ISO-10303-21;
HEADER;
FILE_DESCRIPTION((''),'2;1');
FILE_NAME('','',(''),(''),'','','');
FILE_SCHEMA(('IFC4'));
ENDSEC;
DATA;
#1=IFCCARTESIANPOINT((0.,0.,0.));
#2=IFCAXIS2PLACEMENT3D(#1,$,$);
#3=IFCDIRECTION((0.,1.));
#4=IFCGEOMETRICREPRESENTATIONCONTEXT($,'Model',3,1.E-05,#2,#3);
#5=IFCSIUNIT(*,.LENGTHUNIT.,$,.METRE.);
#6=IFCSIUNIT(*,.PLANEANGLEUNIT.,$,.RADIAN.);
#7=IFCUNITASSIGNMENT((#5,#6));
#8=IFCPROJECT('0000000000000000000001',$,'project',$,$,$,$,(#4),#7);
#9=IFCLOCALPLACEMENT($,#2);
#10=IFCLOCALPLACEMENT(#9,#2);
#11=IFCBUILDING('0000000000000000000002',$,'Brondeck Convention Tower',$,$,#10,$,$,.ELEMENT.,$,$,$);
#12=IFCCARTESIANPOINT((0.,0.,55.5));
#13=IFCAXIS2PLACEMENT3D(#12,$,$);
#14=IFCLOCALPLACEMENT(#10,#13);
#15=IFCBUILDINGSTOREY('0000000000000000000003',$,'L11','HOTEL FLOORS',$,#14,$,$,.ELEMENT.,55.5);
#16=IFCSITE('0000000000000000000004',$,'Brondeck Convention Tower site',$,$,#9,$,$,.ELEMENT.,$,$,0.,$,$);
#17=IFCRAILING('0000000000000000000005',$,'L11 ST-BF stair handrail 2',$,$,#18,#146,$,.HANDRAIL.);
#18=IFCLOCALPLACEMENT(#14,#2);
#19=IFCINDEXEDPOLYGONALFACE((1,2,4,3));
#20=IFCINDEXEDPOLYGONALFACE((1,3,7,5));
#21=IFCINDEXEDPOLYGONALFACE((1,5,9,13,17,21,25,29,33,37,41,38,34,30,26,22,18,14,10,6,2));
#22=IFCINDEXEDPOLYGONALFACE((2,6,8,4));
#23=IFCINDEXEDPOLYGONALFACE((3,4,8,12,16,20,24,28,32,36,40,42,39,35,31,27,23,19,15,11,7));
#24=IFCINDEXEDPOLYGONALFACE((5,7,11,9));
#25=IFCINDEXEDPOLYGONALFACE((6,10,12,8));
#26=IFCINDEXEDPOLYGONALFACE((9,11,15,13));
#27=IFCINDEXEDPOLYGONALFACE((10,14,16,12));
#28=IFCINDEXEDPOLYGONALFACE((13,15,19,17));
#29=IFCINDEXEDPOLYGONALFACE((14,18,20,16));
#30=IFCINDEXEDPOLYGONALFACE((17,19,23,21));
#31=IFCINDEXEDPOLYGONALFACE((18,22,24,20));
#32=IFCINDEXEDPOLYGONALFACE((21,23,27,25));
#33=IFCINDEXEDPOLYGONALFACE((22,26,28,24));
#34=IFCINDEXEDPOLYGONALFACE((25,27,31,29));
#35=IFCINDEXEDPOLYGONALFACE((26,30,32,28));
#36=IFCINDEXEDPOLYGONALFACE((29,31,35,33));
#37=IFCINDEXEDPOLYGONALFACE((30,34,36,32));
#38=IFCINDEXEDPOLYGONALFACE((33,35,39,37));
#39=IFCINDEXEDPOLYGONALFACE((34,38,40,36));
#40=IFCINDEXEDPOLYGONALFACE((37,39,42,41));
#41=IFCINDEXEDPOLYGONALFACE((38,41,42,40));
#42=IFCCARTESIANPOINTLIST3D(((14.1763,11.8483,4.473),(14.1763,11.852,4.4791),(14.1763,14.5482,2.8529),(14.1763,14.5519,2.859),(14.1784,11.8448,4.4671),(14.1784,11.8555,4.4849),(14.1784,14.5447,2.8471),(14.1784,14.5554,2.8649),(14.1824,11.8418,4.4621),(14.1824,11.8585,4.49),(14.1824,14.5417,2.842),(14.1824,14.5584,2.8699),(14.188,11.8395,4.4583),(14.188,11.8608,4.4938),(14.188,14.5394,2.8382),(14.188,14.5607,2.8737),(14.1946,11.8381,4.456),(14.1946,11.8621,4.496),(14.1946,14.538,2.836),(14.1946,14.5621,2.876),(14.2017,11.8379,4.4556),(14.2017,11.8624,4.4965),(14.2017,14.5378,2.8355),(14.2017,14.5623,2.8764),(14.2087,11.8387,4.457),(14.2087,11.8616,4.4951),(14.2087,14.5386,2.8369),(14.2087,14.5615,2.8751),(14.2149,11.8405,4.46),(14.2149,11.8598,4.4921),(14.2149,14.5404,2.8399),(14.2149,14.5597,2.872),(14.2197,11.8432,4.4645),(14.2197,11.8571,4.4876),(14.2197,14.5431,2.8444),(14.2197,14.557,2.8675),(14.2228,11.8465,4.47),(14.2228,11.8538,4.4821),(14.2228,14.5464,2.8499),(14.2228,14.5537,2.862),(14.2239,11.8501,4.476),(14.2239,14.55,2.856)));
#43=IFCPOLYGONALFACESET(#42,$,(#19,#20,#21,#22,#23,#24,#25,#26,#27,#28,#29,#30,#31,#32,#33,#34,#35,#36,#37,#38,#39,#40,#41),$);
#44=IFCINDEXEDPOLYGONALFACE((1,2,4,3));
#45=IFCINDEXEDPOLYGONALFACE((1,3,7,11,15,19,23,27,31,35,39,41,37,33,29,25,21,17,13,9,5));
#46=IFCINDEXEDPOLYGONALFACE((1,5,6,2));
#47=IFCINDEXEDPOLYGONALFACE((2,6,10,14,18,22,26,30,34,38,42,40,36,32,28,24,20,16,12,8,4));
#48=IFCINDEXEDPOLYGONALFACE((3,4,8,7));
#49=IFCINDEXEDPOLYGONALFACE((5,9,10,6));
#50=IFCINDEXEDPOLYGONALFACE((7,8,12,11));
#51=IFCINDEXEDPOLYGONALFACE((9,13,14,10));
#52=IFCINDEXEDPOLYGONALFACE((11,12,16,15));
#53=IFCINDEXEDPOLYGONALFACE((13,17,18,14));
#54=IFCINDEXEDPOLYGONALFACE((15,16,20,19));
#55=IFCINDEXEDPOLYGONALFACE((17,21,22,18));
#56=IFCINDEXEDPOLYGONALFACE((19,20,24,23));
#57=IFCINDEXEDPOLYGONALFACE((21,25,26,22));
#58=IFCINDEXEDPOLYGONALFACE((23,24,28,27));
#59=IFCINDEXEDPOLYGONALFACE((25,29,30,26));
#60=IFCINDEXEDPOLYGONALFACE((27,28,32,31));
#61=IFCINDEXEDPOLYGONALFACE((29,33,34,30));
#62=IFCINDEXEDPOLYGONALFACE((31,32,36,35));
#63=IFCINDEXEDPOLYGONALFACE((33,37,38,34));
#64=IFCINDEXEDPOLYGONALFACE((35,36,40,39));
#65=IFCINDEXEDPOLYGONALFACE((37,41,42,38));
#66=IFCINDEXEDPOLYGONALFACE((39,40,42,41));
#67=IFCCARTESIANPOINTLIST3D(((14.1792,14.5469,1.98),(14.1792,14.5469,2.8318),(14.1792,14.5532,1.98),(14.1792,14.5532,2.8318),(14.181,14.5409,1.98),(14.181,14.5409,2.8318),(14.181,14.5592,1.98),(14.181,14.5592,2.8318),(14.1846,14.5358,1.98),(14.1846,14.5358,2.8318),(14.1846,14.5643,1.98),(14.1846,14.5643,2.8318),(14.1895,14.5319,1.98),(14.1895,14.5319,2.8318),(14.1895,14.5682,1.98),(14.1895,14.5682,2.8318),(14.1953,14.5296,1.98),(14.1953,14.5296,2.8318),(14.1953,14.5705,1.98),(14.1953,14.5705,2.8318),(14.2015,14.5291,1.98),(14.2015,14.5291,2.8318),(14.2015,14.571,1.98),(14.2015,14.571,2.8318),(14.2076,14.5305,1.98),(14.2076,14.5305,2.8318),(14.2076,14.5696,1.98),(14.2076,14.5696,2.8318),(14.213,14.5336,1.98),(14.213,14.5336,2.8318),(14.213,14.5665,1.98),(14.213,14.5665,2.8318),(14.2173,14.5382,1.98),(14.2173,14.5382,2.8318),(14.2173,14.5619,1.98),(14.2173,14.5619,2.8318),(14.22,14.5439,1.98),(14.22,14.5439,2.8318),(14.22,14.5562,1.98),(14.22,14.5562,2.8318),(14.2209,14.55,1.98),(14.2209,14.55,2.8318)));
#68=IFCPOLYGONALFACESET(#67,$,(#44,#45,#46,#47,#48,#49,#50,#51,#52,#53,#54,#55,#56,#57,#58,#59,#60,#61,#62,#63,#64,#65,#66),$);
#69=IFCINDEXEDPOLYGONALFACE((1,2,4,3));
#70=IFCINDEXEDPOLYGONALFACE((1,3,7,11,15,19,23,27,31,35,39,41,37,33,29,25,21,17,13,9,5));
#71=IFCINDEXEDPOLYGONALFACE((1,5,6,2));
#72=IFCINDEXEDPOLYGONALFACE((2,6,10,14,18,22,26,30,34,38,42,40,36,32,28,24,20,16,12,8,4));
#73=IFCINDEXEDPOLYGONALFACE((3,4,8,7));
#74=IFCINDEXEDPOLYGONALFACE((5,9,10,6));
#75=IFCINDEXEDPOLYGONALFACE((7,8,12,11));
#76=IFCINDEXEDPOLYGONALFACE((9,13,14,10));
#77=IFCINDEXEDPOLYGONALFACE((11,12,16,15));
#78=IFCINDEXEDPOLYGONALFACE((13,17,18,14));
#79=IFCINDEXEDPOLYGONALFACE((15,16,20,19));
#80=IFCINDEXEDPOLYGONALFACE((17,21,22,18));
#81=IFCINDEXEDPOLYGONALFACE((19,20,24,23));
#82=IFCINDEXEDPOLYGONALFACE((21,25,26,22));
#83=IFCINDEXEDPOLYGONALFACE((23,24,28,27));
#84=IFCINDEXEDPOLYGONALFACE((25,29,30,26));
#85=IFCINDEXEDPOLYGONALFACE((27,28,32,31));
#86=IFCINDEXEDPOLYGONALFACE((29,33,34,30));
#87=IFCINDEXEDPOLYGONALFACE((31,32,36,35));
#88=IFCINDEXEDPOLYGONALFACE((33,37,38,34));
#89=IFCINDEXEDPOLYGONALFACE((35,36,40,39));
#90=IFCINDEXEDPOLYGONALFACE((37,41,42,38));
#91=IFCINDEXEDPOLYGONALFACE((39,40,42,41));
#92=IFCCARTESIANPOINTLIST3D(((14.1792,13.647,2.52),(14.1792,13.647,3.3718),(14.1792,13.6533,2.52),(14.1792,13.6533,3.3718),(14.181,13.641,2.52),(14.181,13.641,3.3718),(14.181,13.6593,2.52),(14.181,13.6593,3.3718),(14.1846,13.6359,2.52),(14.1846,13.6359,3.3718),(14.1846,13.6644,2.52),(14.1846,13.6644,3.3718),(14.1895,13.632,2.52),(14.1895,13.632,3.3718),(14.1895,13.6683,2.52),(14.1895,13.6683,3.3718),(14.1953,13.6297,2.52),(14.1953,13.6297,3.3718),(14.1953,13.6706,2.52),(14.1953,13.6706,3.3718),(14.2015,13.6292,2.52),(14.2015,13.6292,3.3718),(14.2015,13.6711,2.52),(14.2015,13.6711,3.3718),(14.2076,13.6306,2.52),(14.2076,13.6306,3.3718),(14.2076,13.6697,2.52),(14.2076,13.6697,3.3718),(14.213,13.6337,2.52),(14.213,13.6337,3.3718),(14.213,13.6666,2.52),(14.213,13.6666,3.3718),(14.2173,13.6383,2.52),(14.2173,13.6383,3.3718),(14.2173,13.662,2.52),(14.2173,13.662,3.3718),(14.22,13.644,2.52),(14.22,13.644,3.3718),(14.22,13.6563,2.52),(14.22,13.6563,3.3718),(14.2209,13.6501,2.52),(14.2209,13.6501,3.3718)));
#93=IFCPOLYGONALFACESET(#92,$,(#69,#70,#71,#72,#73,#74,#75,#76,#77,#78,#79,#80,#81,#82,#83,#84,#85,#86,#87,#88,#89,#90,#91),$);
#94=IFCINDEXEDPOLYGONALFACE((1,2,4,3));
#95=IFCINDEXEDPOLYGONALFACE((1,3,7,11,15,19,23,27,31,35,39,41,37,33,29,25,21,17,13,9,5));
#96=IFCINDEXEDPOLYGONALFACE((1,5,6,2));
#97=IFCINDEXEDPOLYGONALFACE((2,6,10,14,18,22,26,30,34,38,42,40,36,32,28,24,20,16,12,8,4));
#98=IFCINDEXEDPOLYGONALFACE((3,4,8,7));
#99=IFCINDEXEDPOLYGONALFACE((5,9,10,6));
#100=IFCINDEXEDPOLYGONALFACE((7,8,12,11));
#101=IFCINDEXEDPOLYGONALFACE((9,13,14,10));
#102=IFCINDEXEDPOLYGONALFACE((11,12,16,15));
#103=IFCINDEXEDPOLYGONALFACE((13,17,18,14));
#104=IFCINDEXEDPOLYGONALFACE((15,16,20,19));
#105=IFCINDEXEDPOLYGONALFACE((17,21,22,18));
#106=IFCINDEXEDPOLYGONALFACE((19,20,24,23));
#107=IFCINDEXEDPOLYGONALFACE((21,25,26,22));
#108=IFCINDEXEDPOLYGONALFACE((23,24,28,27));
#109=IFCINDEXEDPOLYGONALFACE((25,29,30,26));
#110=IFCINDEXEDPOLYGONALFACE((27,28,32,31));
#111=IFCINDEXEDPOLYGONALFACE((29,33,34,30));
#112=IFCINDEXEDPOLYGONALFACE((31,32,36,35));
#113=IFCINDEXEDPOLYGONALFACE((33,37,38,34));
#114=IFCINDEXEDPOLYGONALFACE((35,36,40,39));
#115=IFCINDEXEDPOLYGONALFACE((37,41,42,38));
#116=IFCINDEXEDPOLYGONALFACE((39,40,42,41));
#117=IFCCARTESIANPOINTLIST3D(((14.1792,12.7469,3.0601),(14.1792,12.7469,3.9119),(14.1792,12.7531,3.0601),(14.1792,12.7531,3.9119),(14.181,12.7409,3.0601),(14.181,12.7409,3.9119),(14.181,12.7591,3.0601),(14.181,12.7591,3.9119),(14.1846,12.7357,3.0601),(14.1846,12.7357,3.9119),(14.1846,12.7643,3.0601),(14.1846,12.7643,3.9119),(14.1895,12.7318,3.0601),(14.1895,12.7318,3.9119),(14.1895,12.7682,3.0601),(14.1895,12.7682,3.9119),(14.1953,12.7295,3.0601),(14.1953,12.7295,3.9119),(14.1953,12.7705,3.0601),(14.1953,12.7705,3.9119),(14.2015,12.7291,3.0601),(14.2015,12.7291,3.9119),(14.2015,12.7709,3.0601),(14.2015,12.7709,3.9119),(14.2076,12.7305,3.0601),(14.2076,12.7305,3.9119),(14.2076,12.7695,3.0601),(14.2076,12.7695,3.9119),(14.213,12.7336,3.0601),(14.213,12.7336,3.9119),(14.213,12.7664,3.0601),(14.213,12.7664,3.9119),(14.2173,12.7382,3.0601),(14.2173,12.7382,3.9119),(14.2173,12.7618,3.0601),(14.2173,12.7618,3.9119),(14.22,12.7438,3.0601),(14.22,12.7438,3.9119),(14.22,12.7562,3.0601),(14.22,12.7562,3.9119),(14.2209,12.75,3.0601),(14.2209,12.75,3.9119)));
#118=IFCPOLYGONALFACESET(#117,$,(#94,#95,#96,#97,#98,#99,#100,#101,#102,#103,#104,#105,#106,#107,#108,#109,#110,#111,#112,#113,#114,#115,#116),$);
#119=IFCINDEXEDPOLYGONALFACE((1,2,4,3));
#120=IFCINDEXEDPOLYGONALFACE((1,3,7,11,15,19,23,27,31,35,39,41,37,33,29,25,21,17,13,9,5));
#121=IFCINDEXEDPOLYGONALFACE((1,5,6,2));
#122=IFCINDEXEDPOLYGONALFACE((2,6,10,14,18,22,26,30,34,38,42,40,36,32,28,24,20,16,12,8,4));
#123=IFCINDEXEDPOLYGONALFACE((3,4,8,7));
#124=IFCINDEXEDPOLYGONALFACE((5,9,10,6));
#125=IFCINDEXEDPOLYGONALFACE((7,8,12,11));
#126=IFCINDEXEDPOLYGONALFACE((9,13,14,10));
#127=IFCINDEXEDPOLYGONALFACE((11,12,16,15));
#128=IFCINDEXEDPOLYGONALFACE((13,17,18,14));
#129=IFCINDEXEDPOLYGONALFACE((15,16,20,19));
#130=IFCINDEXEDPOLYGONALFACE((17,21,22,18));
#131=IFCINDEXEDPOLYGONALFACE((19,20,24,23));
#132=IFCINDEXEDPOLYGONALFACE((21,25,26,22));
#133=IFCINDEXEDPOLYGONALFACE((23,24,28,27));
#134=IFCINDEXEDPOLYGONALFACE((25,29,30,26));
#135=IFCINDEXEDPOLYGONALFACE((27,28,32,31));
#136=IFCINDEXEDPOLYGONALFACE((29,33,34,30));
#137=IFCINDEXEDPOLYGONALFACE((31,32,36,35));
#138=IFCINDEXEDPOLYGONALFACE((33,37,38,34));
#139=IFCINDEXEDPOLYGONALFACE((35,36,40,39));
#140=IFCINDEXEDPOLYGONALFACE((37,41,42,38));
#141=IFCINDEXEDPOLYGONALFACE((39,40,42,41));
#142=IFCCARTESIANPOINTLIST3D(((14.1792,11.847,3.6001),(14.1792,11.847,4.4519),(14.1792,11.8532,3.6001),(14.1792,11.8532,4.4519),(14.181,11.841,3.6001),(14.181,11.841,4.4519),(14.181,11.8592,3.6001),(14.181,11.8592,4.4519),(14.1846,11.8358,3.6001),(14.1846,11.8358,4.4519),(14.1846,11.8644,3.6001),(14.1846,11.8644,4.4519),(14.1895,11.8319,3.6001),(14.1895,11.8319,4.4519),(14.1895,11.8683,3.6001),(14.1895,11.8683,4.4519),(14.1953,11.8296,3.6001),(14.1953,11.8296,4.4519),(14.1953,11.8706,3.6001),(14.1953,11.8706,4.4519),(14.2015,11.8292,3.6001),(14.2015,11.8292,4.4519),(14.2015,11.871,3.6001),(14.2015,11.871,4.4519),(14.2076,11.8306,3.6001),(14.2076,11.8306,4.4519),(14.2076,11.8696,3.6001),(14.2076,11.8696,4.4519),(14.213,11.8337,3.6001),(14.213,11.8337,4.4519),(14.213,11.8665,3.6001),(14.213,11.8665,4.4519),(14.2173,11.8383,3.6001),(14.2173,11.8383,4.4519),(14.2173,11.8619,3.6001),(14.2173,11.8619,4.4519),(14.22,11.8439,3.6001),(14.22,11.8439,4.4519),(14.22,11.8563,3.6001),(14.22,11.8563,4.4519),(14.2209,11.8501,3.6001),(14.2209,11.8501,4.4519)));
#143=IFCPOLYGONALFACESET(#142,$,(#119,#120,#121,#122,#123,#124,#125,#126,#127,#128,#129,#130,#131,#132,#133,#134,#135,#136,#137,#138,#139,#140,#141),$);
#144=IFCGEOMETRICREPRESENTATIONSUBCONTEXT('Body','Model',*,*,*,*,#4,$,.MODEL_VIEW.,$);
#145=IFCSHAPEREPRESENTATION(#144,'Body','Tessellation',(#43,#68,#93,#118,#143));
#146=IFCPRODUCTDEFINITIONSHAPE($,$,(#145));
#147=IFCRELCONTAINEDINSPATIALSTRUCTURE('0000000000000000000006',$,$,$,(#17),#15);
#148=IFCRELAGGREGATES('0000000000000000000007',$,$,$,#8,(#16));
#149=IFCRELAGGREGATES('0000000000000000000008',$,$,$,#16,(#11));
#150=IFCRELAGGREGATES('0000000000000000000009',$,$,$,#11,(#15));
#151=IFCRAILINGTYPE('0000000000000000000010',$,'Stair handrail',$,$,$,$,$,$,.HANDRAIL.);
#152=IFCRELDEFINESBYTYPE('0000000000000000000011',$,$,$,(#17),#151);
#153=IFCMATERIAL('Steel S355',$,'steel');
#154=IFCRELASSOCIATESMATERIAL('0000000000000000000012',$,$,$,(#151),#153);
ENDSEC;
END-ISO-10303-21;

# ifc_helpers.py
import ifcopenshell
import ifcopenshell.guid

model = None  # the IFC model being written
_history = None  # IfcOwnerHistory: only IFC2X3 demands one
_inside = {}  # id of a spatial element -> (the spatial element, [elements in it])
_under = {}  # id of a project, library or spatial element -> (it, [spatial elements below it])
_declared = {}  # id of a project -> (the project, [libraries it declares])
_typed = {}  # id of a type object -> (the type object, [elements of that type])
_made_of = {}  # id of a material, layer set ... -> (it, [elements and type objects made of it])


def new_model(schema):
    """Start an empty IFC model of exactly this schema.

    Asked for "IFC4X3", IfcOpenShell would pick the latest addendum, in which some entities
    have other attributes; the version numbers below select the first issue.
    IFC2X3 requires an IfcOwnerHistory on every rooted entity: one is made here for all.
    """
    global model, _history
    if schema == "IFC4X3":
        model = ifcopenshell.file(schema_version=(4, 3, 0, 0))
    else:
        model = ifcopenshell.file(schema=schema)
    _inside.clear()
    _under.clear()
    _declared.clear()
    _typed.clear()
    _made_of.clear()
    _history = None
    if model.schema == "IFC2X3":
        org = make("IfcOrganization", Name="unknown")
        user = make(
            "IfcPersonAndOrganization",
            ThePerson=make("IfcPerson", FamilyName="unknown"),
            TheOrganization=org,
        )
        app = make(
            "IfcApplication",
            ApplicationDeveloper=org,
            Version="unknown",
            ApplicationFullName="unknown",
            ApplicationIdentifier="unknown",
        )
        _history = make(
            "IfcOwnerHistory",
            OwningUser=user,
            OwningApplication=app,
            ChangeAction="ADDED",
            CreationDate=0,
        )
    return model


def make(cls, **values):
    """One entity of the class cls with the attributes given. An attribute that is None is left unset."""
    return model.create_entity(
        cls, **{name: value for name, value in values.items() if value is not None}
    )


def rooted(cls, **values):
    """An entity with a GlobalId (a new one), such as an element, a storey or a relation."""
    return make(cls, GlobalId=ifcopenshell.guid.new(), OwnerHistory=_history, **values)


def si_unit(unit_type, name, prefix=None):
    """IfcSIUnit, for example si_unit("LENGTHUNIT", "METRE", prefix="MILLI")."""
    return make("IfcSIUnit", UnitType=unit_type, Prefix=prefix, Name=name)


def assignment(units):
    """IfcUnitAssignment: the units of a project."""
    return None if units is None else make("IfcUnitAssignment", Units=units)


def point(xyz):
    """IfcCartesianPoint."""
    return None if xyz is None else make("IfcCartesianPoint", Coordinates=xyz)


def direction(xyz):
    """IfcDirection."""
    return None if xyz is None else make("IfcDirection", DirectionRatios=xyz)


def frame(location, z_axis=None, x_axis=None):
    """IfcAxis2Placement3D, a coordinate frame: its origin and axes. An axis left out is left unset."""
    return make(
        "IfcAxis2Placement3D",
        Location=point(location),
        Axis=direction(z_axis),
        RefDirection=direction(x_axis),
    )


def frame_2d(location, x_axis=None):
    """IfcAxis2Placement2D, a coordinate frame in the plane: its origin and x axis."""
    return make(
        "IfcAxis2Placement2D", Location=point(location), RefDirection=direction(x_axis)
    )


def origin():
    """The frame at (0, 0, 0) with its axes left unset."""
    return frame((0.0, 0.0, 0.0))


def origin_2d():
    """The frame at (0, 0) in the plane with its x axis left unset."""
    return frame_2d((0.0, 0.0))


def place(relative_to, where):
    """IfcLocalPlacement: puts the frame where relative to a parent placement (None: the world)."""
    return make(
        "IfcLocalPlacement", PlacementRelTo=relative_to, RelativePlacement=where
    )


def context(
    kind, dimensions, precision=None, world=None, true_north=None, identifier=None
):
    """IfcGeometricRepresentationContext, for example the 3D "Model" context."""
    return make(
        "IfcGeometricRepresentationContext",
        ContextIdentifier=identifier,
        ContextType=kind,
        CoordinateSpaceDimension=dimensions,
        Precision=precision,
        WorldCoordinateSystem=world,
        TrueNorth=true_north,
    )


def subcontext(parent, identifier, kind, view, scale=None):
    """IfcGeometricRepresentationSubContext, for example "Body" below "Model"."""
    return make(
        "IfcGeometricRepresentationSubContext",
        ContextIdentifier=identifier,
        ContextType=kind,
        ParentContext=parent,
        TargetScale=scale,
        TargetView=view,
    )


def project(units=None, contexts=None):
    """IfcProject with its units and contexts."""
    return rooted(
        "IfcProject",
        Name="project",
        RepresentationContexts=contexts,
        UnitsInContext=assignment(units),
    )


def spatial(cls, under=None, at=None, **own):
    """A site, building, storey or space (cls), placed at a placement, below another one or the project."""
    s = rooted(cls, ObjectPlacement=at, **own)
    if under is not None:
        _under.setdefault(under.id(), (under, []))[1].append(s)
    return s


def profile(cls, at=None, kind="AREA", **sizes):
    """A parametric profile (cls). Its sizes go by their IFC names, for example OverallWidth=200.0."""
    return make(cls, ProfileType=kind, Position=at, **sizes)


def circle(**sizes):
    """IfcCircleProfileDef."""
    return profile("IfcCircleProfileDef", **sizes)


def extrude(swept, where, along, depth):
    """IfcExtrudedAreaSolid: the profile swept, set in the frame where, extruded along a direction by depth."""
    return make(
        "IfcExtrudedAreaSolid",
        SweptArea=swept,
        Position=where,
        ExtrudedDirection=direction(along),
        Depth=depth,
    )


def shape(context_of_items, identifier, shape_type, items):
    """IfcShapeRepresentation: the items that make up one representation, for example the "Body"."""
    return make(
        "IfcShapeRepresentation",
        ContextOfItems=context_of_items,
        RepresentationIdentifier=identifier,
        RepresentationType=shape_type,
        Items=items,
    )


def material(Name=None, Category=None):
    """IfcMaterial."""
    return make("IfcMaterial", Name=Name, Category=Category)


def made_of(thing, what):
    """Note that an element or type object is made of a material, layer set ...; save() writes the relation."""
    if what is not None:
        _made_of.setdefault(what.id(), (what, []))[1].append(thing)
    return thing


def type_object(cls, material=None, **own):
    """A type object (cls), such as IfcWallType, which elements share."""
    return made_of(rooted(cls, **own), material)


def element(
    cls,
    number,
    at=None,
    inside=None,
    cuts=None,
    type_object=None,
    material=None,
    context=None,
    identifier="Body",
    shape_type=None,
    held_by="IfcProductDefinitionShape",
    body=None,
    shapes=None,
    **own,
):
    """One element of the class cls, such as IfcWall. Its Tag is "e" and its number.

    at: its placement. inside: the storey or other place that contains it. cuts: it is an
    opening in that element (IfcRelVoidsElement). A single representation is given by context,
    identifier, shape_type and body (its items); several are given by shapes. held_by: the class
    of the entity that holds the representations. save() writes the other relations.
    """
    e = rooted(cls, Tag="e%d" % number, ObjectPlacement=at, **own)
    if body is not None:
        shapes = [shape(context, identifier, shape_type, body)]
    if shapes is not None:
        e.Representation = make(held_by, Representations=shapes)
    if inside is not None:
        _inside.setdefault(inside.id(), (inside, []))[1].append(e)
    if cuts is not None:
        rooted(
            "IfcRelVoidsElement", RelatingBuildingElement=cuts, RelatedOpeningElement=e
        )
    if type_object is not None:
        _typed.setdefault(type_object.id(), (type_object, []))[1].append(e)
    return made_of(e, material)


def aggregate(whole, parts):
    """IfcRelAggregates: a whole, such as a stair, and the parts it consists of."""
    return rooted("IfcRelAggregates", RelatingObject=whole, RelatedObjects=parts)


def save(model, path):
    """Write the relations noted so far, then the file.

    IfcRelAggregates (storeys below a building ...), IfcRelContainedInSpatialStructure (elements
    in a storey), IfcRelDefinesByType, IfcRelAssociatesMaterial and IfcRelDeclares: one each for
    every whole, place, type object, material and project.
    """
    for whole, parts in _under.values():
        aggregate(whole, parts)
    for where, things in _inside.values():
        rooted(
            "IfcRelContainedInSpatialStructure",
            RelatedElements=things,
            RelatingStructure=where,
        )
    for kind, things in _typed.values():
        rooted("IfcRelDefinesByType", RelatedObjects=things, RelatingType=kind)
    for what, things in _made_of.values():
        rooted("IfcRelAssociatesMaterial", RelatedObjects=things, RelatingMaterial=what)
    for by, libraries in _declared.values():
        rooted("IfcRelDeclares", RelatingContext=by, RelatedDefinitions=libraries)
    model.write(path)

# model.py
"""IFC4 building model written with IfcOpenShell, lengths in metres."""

from ifc_helpers import new_model, si_unit, direction, frame, origin, origin_2d, place, context, subcontext, project, spatial, circle, extrude, material, type_object, element, save


model = new_model("IFC4")

# Units and contexts
model_context = context("Model", 3, precision=1e-05, world=origin(), true_north=direction((0.0, 1.0)))
body_context = subcontext(model_context, "Body", "Model", "MODEL_VIEW")
ifc_project = project(units=[si_unit("LENGTHUNIT", "METRE"), si_unit("PLANEANGLEUNIT", "RADIAN")], contexts=[model_context])

# Site, building, storey
site_placement = place(None, origin())
site = spatial("IfcSite", under=ifc_project, at=site_placement, Name="Brondeck Convention Tower site", CompositionType="ELEMENT", RefElevation=0.0)
building_placement = place(site_placement, origin())
building = spatial("IfcBuilding", under=site, at=building_placement, Name="Brondeck Convention Tower", CompositionType="ELEMENT")
storey_placement = place(building_placement, frame((0.0, 0.0, 55.5)))
storey = spatial("IfcBuildingStorey", under=building, at=storey_placement, Name="L11", Description="HOTEL FLOORS", CompositionType="ELEMENT", Elevation=55.5)

# Shared definitions
ifc_material_1 = material(Name="Steel S355", Category="steel")

# Railing
railing_type_1 = type_object("IfcRailingType", Name="Stair handrail", PredefinedType="HANDRAIL", material=ifc_material_1)
railing_1_placement = place(storey_placement, frame((14.2, 14.55, 1.98)))
element("IfcRailing", 1, at=railing_1_placement, inside=storey, type_object=railing_type_1, Name="L11 ST-BF stair handrail 2", PredefinedType="HANDRAIL", context=body_context, shape_type="SweptSolid", body=[
    extrude(circle(Radius=0.0239, at=origin_2d()), frame((0.0, 0.0, 0.876), z_axis=(0.0, -0.857472, 0.51453), x_axis=(1.0, 0.0, 0.0)), (0.0, 0.0, 1.0), 3.1487),
    extrude(circle(Radius=0.021, at=origin_2d()), origin(), (0.0, 0.0, 1.0), 0.8518),
    extrude(circle(Radius=0.021, at=origin_2d()), frame((0.0, -0.8999, 0.54)), (0.0, 0.0, 1.0), 0.8518),
    extrude(circle(Radius=0.021, at=origin_2d()), frame((0.0, -1.8, 1.0801)), (0.0, 0.0, 1.0), 0.8518),
    extrude(circle(Radius=0.021, at=origin_2d()), frame((0.0, -2.7, 1.6201)), (0.0, 0.0, 1.0), 0.8518),
])

save(model, "model.ifc")
